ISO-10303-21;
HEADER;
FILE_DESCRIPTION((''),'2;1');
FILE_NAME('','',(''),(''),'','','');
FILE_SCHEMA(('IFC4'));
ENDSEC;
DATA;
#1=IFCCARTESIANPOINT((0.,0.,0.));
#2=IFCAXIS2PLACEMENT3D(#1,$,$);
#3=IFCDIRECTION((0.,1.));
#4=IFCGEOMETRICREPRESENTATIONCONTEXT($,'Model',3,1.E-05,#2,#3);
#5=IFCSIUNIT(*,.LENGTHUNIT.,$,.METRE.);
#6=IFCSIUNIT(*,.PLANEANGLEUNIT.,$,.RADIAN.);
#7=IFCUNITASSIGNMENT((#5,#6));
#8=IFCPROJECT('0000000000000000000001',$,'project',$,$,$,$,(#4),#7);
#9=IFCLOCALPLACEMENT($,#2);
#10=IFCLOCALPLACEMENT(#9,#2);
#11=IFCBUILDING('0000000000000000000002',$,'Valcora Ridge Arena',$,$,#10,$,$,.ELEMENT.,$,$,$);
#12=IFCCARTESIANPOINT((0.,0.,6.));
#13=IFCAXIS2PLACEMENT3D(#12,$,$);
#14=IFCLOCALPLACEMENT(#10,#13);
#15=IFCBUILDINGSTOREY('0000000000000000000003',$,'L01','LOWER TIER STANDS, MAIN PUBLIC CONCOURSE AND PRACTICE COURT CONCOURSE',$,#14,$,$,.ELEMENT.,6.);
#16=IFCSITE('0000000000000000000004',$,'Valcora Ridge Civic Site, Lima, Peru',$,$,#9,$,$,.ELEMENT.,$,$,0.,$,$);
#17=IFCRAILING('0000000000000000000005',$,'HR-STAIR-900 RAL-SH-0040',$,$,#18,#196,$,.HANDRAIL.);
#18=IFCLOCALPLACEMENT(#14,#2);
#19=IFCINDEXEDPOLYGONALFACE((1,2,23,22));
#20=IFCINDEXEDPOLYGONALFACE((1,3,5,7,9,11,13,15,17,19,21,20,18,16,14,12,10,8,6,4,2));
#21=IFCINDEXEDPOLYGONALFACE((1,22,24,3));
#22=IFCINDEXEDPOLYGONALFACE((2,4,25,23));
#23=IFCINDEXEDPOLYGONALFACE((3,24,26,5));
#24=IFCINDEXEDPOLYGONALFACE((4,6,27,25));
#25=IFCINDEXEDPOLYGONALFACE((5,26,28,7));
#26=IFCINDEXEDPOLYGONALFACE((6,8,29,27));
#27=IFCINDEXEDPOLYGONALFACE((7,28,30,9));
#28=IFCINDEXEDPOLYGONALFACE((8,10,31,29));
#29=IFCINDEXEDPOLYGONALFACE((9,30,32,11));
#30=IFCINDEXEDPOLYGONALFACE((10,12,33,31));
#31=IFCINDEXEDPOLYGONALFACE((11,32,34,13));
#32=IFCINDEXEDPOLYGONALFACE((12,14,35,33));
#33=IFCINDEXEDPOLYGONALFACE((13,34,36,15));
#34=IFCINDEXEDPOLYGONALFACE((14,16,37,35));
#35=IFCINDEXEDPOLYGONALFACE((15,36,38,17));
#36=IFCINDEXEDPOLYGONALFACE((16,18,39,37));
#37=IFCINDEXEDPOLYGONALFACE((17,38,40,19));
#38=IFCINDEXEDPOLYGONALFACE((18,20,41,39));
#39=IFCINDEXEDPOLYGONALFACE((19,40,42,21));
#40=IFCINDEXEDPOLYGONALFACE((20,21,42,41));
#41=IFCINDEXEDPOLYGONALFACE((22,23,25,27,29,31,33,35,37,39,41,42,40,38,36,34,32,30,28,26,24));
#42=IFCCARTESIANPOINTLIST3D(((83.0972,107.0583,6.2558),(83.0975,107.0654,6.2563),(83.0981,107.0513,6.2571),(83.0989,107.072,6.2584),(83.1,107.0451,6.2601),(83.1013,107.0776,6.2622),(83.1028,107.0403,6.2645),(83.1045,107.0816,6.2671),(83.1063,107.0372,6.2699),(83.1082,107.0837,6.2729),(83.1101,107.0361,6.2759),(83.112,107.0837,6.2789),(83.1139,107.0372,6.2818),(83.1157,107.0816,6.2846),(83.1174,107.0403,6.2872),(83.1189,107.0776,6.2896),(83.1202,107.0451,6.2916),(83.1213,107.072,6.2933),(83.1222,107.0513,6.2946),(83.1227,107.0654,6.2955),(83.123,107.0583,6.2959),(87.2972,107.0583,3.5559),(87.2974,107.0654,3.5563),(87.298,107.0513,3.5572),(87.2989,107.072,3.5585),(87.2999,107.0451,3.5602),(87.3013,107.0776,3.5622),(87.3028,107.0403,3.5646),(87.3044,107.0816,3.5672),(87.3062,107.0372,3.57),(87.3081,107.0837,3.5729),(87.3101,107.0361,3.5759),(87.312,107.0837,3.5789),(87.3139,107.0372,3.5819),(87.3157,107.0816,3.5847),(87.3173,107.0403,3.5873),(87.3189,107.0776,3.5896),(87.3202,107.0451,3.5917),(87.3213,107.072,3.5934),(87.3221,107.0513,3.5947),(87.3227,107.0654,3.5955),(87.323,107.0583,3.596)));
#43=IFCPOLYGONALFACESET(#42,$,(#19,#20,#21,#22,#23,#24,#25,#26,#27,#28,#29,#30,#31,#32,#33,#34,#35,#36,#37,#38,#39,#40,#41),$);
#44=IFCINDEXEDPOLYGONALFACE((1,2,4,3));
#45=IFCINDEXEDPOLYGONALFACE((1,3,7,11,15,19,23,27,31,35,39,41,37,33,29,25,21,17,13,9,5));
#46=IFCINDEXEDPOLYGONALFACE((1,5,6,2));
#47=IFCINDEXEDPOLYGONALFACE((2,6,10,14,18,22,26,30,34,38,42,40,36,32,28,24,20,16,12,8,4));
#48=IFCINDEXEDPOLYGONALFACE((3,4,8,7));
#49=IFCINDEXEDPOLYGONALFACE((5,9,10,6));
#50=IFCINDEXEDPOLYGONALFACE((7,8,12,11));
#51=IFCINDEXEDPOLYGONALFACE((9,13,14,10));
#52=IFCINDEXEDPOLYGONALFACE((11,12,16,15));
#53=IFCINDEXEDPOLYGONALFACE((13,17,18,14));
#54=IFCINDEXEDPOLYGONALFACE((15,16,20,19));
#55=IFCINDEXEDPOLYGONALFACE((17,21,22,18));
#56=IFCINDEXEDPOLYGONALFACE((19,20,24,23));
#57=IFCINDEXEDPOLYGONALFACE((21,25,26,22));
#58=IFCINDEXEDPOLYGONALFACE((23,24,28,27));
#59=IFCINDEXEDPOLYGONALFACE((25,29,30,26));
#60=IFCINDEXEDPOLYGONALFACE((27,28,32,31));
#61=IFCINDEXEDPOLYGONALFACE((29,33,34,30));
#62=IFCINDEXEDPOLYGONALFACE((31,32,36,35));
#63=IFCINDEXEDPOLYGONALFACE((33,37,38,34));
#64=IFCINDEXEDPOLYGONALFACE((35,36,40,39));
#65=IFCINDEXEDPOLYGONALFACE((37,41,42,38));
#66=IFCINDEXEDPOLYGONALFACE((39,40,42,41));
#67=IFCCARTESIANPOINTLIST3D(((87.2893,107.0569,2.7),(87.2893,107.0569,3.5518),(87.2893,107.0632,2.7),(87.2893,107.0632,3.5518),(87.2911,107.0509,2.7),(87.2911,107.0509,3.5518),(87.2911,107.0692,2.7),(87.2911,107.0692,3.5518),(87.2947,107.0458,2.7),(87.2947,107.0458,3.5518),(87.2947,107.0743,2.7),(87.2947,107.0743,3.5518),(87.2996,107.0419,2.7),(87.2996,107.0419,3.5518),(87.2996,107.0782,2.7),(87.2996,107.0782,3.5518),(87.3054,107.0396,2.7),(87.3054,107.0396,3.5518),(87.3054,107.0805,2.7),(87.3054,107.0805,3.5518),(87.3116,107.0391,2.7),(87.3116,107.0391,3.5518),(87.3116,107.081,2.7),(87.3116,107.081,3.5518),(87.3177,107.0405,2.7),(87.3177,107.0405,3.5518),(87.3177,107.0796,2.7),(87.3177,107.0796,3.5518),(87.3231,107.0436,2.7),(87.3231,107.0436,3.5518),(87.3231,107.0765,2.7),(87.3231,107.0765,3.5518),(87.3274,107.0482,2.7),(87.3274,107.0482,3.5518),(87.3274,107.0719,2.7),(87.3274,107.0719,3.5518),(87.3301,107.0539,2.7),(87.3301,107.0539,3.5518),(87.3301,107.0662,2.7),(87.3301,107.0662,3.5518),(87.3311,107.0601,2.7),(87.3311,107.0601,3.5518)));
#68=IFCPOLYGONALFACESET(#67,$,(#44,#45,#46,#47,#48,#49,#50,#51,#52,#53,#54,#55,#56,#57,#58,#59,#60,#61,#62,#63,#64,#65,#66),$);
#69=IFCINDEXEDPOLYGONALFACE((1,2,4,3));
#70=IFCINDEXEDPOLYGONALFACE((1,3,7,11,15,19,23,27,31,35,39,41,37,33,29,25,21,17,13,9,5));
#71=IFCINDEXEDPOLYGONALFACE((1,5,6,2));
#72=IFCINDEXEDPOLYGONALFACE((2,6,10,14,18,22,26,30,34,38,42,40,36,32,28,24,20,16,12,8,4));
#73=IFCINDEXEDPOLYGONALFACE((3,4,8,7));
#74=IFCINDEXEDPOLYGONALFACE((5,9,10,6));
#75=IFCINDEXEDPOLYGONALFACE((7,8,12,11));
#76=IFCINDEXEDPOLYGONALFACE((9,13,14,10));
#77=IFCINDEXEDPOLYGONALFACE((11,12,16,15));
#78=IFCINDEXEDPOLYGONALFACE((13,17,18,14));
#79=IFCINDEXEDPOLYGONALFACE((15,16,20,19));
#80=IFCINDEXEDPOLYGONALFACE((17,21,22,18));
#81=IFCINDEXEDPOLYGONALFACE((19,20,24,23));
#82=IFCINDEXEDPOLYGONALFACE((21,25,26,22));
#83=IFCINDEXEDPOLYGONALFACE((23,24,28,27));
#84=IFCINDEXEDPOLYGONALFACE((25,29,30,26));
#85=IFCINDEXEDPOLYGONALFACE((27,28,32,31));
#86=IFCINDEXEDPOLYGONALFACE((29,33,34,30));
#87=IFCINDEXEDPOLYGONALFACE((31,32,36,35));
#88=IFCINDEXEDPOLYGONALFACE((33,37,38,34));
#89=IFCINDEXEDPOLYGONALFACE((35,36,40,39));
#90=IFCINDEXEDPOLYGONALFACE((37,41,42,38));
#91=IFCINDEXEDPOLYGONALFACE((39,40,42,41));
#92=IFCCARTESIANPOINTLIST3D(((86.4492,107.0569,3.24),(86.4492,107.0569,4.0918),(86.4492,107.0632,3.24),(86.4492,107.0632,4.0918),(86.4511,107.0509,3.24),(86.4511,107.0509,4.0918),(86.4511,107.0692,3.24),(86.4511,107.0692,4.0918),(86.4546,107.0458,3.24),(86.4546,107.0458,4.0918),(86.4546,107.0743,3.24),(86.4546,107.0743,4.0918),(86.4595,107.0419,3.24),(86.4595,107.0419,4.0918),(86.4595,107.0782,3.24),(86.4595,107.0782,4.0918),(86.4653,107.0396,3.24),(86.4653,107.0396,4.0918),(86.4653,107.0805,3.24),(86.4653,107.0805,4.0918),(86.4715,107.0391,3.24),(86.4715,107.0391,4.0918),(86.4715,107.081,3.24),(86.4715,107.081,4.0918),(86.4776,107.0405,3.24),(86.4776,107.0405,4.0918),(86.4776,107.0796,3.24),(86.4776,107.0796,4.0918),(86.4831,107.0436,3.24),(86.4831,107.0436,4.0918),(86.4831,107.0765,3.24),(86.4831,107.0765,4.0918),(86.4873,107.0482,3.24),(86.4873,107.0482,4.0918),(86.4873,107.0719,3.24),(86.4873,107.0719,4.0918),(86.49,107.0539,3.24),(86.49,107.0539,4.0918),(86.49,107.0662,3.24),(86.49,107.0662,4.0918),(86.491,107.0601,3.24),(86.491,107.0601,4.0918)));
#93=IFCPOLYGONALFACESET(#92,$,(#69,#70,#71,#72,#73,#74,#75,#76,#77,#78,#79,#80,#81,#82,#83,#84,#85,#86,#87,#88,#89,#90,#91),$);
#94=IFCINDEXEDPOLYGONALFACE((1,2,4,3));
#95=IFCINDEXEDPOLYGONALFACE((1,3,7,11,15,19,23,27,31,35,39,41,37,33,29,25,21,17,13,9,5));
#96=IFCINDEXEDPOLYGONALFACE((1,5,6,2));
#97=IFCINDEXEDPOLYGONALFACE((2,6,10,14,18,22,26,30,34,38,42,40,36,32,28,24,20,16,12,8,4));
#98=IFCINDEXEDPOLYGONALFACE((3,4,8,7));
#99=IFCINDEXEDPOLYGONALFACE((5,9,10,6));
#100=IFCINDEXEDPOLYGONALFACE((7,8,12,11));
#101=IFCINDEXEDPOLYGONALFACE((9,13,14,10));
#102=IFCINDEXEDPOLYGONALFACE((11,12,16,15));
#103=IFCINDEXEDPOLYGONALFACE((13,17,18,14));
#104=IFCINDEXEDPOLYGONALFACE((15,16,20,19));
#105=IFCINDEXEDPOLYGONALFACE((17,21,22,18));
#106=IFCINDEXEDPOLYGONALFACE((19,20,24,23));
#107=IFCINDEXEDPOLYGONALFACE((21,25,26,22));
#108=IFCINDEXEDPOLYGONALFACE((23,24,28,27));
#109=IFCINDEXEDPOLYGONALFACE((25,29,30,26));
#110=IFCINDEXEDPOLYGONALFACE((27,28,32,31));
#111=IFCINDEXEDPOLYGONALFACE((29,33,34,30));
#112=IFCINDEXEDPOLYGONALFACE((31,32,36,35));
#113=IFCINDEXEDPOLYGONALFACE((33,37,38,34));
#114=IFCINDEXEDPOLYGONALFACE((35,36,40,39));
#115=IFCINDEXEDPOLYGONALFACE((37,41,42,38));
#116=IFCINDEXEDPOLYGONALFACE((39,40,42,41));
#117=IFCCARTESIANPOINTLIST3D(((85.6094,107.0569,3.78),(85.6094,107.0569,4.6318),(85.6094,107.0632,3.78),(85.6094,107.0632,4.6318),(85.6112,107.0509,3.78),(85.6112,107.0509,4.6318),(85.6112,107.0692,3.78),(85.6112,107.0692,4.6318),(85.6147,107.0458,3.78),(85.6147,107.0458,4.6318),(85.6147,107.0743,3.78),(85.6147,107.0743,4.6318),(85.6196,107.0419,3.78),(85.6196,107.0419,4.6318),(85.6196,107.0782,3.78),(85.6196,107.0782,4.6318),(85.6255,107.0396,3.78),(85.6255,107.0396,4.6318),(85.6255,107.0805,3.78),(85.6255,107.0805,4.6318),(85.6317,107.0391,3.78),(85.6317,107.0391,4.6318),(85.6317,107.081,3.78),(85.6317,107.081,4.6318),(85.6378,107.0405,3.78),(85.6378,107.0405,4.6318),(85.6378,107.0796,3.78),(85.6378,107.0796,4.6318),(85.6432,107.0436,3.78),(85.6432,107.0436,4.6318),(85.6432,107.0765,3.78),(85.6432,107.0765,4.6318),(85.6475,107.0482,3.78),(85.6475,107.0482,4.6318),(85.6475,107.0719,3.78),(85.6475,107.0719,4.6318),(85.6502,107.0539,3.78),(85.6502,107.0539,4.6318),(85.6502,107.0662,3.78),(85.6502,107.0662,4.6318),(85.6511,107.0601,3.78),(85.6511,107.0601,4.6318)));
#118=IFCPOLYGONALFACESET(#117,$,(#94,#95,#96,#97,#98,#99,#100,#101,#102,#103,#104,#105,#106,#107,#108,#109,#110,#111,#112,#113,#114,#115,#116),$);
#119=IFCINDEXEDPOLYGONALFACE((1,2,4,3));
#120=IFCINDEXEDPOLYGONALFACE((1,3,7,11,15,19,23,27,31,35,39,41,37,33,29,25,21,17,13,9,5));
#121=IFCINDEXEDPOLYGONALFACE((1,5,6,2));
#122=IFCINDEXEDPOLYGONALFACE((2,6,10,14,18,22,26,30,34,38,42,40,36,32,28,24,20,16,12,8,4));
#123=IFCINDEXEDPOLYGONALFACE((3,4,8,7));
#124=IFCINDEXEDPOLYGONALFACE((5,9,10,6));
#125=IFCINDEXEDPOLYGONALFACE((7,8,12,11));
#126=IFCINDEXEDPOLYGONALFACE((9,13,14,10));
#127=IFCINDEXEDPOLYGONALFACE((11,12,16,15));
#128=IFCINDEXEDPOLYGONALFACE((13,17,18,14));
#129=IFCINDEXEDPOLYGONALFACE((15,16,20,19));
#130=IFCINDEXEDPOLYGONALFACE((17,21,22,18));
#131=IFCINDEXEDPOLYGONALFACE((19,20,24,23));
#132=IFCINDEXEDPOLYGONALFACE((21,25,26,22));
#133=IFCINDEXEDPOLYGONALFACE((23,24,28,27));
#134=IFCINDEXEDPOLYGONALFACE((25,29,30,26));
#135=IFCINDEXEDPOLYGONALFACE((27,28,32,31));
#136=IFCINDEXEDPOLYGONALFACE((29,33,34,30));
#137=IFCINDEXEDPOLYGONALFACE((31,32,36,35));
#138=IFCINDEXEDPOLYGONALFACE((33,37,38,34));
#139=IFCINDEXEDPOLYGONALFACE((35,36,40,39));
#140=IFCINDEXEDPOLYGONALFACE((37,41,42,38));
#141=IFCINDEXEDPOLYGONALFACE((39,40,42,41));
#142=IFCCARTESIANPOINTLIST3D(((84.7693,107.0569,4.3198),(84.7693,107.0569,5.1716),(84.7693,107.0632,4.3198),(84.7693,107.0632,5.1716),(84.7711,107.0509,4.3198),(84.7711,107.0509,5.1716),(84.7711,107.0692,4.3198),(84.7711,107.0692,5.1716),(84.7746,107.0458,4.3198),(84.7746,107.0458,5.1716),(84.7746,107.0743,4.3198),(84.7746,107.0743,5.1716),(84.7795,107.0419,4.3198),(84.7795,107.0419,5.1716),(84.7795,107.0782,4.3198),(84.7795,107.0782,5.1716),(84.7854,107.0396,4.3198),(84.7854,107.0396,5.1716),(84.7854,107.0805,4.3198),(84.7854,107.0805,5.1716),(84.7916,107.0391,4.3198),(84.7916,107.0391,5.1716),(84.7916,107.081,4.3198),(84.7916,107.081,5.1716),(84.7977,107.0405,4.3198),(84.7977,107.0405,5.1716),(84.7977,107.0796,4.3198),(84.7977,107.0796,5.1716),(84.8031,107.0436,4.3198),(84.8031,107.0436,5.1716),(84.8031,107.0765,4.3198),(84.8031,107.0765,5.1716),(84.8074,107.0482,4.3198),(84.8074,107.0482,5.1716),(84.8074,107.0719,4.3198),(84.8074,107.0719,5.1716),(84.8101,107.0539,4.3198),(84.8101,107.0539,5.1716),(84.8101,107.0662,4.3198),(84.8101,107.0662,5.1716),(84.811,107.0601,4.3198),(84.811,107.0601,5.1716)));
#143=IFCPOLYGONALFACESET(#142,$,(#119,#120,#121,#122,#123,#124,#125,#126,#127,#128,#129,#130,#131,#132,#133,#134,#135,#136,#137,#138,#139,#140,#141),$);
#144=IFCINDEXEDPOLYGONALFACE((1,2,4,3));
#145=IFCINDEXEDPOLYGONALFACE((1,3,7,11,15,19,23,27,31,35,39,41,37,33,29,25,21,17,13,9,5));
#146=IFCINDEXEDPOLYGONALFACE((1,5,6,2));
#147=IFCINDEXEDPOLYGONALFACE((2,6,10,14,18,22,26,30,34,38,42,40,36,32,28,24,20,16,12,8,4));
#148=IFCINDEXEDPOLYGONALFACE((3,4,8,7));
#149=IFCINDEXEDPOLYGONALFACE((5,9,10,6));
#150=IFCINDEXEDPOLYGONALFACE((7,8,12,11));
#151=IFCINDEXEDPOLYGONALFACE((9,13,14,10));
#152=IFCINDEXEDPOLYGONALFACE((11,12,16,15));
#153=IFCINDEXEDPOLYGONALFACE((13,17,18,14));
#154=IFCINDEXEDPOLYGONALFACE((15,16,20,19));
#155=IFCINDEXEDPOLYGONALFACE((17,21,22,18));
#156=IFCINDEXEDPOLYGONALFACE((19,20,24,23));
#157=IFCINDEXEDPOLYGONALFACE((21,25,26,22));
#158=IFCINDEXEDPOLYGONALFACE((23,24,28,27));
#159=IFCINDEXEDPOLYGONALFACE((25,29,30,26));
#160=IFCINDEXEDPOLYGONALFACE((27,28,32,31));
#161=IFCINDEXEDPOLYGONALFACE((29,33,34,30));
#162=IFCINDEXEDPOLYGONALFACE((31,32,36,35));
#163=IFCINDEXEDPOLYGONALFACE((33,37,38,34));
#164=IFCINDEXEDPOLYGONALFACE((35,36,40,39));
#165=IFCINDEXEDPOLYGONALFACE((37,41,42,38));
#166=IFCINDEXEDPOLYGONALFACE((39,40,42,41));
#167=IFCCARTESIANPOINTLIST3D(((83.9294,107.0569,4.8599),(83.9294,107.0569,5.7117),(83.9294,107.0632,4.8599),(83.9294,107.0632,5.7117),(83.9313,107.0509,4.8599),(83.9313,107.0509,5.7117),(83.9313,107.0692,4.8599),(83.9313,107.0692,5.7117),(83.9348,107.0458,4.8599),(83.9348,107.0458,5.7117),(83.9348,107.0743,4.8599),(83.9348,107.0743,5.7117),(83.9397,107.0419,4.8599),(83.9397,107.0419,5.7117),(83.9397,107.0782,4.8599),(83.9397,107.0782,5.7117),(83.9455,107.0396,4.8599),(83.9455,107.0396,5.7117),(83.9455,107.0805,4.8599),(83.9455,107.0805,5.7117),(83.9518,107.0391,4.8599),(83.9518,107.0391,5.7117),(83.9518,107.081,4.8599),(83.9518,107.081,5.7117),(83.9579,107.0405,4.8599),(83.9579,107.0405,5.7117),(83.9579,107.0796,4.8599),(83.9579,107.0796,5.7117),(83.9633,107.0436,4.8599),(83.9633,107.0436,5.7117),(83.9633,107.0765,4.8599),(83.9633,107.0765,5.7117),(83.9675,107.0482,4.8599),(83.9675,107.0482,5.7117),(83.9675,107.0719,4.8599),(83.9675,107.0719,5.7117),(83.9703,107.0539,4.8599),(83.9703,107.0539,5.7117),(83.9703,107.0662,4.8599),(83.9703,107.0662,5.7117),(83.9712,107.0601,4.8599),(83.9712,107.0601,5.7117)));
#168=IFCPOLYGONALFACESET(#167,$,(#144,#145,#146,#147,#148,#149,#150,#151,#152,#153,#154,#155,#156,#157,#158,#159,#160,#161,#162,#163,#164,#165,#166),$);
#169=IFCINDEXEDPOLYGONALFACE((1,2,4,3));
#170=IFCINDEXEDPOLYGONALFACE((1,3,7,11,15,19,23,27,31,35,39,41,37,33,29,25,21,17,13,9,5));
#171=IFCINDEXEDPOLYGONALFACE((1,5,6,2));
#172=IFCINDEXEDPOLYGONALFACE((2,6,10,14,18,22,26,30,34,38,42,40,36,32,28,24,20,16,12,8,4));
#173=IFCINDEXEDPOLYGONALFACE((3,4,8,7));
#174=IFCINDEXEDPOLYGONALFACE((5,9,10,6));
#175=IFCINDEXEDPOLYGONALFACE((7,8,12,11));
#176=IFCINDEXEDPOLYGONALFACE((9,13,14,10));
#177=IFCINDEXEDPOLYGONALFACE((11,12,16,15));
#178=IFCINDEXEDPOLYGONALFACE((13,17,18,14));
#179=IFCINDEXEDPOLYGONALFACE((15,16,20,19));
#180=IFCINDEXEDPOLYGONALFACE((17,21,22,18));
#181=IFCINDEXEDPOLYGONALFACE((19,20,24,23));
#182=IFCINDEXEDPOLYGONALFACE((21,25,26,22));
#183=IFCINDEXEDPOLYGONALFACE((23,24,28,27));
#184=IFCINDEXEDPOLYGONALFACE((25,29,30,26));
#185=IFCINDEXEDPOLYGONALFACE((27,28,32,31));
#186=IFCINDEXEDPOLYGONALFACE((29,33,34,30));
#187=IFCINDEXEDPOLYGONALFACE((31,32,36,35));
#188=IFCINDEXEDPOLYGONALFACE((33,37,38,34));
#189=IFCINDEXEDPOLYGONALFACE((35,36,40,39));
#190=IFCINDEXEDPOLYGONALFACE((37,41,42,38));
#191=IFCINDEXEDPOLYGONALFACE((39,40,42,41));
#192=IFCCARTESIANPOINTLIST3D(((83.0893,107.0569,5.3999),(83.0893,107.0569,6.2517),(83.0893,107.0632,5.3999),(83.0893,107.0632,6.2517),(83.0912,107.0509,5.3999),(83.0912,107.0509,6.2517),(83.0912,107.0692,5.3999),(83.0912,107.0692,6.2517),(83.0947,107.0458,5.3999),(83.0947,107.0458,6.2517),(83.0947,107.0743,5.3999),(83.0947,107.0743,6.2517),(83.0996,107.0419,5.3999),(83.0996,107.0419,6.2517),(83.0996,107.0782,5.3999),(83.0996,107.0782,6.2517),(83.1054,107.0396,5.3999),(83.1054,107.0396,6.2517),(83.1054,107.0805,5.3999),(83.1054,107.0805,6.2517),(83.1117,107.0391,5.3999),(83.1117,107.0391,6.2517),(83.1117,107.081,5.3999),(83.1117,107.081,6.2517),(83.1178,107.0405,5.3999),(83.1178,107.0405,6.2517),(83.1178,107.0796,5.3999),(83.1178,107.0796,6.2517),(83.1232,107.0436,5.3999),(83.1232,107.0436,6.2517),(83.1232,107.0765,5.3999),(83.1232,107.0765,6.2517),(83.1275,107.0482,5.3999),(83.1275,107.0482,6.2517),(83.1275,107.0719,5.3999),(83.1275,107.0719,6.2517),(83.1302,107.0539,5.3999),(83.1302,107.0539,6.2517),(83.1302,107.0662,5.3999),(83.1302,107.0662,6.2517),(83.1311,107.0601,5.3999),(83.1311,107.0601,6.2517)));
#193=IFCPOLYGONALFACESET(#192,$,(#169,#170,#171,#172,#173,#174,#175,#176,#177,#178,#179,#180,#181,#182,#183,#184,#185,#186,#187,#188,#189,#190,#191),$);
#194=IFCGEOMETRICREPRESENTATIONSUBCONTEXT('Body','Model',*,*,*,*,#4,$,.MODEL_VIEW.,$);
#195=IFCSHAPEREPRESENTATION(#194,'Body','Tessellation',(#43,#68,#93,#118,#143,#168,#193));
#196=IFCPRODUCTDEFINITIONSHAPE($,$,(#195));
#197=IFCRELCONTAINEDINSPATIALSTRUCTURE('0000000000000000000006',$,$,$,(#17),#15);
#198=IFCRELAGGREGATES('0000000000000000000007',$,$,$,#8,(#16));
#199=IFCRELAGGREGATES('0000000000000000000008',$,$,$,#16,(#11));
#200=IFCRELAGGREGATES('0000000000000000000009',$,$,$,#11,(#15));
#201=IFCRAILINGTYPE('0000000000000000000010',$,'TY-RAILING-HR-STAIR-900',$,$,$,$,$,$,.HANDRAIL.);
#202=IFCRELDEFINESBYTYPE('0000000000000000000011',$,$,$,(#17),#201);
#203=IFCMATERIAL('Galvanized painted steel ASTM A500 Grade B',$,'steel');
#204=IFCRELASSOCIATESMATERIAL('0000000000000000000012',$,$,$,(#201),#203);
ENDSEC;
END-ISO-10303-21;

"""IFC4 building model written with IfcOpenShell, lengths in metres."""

from ifc_helpers import new_model, si_unit, direction, frame, origin, origin_2d, place, context, subcontext, project, spatial, circle, extrude, material, type_object, element, save


model = new_model("IFC4")

# Units and contexts
model_context = context("Model", 3, precision=1e-05, world=origin(), true_north=direction((0.0, 1.0)))
body_context = subcontext(model_context, "Body", "Model", "MODEL_VIEW")
ifc_project = project(units=[si_unit("LENGTHUNIT", "METRE"), si_unit("PLANEANGLEUNIT", "RADIAN")], contexts=[model_context])

# Site, building, storey
site_placement = place(None, origin())
site = spatial("IfcSite", under=ifc_project, at=site_placement, Name="Valcora Ridge Civic Site, Lima, Peru", CompositionType="ELEMENT", RefElevation=0.0)
building_placement = place(site_placement, origin())
building = spatial("IfcBuilding", under=site, at=building_placement, Name="Valcora Ridge Arena", CompositionType="ELEMENT")
storey_placement = place(building_placement, frame((0.0, 0.0, 6.0)))
storey = spatial("IfcBuildingStorey", under=building, at=storey_placement, Name="L01", Description="LOWER TIER STANDS, MAIN PUBLIC CONCOURSE AND PRACTICE COURT CONCOURSE", CompositionType="ELEMENT", Elevation=6.0)

# Railing
ifc_material_1 = material(Name="Galvanized painted steel ASTM A500 Grade B", Category="steel")
railing_type = type_object("IfcRailingType", Name="TY-RAILING-HR-STAIR-900", PredefinedType="HANDRAIL", material=ifc_material_1)
railing_placement = place(storey_placement, frame((87.3101, 107.0601, 2.7)))
element("IfcRailing", 1, at=railing_placement, inside=storey, type_object=railing_type, Name="HR-STAIR-900 RAL-SH-0040", PredefinedType="HANDRAIL", context=body_context, shape_type="SweptSolid", body=[
    extrude(circle(Radius=0.0239, at=origin_2d()), frame((0.0, 0.0, 0.876), z_axis=(-0.84118, 0.0, 0.540755), x_axis=(0.0, -1.0, 0.0)), (0.0, 0.0, 1.0), 4.9929),
    extrude(circle(Radius=0.021, at=origin_2d()), origin(), (0.0, 0.0, 1.0), 0.8518),
    extrude(circle(Radius=0.021, at=origin_2d()), frame((-0.8401, 0.0, 0.54)), (0.0, 0.0, 1.0), 0.8518),
    extrude(circle(Radius=0.021, at=origin_2d()), frame((-1.6799, 0.0, 1.0801)), (0.0, 0.0, 1.0), 0.8518),
    extrude(circle(Radius=0.021, at=origin_2d()), frame((-2.52, 0.0, 1.6199)), (0.0, 0.0, 1.0), 0.8518),
    extrude(circle(Radius=0.021, at=origin_2d()), frame((-3.3599, 0.0, 2.1599)), (0.0, 0.0, 1.0), 0.8518),
    extrude(circle(Radius=0.021, at=origin_2d()), frame((-4.2, 0.0, 2.7)), (0.0, 0.0, 1.0), 0.8518),
])

save(model, "model.ifc")
